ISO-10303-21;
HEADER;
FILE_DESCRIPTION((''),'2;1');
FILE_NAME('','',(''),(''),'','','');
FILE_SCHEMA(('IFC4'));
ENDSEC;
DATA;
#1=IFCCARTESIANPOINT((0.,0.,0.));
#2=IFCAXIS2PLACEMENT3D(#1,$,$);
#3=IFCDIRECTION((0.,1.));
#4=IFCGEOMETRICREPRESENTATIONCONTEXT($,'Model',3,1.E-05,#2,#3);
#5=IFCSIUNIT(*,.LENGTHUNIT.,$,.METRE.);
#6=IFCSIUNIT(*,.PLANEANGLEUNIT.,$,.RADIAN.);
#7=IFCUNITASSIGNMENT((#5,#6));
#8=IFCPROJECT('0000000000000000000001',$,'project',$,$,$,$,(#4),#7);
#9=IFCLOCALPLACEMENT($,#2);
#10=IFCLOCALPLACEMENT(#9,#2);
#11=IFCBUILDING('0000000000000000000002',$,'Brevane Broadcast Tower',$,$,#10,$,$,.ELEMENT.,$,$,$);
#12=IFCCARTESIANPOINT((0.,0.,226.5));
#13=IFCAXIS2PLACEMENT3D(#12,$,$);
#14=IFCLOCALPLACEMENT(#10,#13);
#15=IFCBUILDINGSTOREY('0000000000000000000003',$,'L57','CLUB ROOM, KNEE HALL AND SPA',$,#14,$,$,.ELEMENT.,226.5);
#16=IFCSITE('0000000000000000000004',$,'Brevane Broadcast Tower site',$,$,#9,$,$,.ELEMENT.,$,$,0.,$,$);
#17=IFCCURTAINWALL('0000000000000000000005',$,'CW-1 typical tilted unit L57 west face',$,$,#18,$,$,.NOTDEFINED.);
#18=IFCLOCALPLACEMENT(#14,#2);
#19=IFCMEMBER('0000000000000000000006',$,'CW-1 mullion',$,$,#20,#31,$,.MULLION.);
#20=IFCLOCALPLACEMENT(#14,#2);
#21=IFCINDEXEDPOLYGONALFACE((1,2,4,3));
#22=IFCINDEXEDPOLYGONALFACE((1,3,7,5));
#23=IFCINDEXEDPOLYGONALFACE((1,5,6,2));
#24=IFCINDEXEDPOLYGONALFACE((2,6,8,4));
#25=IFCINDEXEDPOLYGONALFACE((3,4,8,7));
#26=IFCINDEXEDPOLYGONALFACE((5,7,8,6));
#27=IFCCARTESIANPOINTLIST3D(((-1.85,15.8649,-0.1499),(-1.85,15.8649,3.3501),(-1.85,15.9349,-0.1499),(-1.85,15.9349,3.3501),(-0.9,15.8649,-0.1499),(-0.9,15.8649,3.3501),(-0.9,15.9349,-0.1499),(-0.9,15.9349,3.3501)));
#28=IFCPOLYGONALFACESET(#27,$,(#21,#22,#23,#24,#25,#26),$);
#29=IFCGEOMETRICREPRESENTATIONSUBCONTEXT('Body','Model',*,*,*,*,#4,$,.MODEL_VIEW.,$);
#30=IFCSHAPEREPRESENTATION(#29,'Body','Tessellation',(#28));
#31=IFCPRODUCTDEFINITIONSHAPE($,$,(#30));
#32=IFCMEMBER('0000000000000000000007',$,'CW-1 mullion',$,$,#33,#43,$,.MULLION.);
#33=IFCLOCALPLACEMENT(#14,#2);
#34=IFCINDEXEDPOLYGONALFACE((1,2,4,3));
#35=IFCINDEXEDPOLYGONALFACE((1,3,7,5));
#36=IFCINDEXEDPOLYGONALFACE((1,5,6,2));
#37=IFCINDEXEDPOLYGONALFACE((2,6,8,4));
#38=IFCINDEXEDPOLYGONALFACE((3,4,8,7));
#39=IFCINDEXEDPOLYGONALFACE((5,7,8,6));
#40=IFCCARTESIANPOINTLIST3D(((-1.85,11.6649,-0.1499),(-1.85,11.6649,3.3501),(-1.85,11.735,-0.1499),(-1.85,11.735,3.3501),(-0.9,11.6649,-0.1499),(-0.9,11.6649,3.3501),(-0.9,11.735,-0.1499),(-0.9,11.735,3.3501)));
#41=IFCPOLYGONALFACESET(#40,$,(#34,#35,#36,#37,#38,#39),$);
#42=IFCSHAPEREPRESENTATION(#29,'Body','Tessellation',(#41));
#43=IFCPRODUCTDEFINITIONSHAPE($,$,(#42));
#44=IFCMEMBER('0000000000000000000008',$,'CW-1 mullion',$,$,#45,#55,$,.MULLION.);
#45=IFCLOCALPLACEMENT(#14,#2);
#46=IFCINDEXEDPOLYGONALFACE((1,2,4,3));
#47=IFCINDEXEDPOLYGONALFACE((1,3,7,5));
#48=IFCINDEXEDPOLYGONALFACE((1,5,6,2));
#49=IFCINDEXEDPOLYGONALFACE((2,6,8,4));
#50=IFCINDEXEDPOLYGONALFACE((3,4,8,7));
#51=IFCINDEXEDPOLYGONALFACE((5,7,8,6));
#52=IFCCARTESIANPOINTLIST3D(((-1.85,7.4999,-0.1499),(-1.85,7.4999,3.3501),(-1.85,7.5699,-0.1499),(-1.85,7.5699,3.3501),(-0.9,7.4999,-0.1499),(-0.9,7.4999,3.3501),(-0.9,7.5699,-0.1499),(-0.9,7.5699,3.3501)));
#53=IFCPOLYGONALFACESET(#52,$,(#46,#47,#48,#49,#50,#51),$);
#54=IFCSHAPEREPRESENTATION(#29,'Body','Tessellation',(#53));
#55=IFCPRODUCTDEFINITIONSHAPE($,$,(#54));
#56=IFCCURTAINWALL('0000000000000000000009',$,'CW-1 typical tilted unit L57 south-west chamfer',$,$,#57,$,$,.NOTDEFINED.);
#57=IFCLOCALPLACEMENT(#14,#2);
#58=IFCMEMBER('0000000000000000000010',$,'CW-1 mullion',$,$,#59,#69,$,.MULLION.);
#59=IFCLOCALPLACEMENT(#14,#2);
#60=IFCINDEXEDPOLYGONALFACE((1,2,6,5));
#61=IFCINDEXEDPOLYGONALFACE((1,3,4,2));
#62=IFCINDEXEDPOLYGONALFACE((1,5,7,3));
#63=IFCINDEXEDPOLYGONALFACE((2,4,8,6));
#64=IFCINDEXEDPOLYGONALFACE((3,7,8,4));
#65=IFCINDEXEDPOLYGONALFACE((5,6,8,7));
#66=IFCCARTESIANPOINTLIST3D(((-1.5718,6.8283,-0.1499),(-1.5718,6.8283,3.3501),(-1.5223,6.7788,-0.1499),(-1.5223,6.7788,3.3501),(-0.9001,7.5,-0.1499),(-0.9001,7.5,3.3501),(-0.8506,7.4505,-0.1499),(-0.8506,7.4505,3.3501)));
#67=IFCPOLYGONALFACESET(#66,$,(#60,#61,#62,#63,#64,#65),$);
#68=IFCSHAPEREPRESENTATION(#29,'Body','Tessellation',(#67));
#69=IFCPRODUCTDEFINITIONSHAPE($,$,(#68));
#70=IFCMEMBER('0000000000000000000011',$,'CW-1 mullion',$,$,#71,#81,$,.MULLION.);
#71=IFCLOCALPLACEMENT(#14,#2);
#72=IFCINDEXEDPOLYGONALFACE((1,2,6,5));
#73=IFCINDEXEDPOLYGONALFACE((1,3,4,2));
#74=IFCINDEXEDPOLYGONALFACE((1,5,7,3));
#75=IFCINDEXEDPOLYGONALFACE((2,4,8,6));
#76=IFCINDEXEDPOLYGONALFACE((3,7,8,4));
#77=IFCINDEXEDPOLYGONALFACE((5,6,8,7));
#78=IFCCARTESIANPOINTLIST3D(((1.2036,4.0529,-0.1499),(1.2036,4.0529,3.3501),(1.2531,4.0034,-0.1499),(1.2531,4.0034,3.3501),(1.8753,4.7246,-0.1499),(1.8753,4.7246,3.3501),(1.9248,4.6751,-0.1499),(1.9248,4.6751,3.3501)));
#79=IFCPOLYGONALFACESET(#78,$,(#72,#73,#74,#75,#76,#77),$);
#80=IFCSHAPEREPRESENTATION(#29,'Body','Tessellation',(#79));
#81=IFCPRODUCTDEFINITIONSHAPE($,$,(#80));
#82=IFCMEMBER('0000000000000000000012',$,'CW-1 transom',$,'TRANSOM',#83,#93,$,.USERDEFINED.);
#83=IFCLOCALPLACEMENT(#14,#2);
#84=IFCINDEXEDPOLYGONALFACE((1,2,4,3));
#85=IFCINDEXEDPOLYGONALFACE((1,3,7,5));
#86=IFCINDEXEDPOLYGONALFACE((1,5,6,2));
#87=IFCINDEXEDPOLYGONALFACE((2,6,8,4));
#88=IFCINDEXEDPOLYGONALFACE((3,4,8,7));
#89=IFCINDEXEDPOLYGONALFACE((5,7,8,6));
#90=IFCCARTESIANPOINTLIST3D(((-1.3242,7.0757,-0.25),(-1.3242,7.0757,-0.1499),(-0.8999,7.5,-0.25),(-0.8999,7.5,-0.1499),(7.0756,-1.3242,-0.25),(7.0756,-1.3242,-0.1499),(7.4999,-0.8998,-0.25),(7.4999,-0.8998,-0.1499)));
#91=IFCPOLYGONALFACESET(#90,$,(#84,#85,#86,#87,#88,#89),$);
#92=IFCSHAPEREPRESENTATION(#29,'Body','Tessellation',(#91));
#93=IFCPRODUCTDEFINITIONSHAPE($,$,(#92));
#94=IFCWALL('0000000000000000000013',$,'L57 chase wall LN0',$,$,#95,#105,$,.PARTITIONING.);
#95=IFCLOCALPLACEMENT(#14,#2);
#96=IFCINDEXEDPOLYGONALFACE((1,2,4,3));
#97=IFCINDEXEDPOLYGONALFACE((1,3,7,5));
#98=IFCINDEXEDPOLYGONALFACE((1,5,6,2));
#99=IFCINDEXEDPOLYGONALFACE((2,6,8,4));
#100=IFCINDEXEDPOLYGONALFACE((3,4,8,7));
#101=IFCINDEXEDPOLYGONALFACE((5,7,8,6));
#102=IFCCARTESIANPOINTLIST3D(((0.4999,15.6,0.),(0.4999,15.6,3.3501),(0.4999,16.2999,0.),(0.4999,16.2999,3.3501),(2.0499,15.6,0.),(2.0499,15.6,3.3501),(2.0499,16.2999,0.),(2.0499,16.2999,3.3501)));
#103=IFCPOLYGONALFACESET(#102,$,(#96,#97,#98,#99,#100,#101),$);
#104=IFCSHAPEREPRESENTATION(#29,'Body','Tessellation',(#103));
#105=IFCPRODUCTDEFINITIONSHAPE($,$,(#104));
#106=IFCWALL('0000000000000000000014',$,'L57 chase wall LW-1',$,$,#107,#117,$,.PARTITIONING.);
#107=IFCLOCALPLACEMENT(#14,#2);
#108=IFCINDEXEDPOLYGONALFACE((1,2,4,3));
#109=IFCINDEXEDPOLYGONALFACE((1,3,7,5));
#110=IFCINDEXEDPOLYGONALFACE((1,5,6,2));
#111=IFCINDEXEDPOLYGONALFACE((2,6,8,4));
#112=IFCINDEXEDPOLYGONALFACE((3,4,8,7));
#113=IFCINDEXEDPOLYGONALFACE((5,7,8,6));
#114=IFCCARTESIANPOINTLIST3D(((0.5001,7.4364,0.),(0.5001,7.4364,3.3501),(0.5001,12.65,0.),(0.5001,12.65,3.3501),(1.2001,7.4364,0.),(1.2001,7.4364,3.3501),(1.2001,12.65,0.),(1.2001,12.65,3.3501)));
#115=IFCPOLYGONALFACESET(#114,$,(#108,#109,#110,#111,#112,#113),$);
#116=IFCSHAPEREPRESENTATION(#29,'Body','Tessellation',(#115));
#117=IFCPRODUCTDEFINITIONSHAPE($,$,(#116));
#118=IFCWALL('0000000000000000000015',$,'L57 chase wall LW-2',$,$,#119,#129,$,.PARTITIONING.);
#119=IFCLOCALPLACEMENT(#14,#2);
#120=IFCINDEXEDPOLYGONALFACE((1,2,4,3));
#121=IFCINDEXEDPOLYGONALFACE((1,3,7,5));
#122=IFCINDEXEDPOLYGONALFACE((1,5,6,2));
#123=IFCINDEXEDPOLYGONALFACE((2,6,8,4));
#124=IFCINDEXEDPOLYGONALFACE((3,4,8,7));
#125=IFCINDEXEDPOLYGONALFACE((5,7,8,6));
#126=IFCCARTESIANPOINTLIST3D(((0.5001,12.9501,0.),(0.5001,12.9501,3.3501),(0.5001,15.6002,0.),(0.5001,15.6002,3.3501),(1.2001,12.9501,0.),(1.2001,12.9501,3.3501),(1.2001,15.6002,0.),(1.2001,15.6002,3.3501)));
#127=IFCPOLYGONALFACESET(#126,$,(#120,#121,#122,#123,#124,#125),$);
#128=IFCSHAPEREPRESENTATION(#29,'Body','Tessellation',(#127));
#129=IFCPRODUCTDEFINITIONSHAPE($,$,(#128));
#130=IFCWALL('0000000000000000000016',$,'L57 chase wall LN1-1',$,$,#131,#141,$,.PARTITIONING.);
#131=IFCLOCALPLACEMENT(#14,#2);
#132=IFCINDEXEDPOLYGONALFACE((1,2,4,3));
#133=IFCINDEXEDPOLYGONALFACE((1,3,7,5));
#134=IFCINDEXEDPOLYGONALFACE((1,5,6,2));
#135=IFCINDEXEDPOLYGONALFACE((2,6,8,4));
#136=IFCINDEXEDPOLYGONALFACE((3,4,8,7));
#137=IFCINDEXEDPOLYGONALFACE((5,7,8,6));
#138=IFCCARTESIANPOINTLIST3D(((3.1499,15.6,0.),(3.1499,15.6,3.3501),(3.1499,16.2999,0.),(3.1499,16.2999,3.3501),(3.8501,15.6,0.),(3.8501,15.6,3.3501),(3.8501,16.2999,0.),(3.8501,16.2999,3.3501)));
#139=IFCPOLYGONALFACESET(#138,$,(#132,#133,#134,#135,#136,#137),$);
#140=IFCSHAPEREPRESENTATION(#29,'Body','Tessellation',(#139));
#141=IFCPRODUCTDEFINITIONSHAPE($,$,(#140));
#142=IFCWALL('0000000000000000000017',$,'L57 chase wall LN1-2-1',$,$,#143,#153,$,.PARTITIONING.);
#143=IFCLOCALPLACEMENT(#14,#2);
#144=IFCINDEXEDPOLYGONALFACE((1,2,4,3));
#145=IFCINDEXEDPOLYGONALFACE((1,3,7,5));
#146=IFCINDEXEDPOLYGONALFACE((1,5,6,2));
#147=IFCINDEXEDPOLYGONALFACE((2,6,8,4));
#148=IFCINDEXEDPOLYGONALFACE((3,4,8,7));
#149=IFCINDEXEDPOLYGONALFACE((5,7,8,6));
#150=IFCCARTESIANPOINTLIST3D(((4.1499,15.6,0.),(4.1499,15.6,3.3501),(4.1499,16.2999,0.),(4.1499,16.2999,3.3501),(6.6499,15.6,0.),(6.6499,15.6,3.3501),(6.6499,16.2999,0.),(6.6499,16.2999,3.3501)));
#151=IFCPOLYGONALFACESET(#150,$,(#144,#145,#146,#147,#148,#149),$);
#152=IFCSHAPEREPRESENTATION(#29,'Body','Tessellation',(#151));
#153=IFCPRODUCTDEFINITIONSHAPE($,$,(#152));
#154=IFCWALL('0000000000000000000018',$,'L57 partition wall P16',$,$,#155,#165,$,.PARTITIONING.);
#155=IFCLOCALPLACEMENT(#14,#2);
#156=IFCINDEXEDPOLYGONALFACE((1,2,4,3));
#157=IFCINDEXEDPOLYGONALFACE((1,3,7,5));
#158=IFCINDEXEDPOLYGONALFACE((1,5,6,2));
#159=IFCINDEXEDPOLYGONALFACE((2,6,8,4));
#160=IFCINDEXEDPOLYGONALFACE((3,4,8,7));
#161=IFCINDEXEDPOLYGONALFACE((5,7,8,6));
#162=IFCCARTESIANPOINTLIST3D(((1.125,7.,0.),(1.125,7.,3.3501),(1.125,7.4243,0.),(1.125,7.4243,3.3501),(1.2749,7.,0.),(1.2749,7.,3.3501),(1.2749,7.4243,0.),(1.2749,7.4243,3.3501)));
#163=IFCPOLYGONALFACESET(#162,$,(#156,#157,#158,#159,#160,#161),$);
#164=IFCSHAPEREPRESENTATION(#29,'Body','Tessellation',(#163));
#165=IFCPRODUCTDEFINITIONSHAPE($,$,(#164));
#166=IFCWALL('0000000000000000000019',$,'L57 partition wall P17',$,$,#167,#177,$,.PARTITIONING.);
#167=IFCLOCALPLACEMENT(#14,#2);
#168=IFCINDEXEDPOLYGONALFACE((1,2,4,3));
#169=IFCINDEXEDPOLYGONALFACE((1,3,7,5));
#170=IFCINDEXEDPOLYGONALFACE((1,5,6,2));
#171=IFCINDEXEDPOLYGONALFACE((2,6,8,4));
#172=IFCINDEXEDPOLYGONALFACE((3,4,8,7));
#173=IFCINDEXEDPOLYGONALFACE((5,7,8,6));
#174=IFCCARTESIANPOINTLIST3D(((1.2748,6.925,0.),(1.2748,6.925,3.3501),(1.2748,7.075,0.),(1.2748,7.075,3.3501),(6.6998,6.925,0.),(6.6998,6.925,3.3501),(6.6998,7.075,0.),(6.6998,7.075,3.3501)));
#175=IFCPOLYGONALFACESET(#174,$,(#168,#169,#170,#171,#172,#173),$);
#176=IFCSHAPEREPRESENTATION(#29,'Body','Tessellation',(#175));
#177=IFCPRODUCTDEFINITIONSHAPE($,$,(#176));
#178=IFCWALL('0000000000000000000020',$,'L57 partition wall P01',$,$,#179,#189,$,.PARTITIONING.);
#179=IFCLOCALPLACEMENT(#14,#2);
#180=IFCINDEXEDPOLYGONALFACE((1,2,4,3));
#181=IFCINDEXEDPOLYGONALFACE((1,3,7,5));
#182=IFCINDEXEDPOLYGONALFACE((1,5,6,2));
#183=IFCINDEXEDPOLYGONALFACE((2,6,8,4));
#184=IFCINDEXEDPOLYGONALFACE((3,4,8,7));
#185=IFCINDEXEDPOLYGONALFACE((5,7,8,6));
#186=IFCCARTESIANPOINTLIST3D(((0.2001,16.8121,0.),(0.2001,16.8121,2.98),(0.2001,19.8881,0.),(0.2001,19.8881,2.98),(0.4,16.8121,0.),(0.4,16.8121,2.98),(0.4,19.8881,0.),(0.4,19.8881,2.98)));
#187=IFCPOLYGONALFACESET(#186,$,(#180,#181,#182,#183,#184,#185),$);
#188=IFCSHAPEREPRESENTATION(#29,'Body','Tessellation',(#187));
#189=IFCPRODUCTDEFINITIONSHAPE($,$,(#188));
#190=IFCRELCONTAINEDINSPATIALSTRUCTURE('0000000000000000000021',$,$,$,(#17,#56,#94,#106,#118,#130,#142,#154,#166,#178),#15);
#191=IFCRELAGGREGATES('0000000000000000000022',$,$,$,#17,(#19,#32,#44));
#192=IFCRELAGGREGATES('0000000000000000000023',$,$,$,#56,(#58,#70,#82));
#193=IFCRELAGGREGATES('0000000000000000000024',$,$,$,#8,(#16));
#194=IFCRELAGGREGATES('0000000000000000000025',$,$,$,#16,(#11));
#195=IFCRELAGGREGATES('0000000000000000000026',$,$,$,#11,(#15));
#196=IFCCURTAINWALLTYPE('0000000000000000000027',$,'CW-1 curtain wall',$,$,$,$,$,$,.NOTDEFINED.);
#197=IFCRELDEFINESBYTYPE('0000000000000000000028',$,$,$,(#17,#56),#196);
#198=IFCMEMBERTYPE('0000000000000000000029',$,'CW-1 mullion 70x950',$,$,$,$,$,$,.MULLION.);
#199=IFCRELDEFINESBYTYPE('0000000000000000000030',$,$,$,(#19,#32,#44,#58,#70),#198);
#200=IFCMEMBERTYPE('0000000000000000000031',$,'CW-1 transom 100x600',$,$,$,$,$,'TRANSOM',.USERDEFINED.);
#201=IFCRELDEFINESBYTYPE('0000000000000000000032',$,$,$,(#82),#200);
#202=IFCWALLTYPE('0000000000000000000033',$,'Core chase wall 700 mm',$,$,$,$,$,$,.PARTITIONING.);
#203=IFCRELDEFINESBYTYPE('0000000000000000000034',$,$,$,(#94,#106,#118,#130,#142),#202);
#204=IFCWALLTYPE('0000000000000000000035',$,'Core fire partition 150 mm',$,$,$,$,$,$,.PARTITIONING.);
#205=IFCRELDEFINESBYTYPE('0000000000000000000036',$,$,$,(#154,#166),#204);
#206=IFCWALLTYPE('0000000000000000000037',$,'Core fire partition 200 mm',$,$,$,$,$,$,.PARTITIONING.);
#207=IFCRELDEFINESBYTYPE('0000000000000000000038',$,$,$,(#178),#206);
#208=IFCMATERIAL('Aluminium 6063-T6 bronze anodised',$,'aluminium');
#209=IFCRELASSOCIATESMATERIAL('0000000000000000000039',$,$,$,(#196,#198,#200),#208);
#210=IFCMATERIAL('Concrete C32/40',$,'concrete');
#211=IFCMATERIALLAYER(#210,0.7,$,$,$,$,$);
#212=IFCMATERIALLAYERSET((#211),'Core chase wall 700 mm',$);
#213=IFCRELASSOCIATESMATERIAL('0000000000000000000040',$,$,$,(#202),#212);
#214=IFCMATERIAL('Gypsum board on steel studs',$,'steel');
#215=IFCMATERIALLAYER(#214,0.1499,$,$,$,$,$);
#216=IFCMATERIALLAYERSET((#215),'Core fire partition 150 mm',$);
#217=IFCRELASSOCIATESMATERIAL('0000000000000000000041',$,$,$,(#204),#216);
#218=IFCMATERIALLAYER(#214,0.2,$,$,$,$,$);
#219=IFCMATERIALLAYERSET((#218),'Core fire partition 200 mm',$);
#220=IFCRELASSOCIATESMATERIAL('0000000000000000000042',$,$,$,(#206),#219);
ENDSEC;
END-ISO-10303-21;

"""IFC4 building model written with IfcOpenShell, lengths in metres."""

from ifc_helpers import new_model, si_unit, direction, frame, frame_2d, origin, origin_2d, place, context, subcontext, project, spatial, rectangle, extrude, material, layer, layer_set, material_profile, profile_set, type_object, element, aggregate, save


model = new_model("IFC4")

# Units and contexts
model_context = context("Model", 3, precision=1e-05, world=origin(), true_north=direction((0.0, 1.0)))
body_context = subcontext(model_context, "Body", "Model", "MODEL_VIEW")
ifc_project = project(units=[si_unit("LENGTHUNIT", "METRE"), si_unit("PLANEANGLEUNIT", "RADIAN")], contexts=[model_context])

# Site, building, storey
site_placement = place(None, origin())
site = spatial("IfcSite", under=ifc_project, at=site_placement, Name="Brevane Broadcast Tower site", CompositionType="ELEMENT", RefElevation=0.0)
building_placement = place(site_placement, origin())
building = spatial("IfcBuilding", under=site, at=building_placement, Name="Brevane Broadcast Tower", CompositionType="ELEMENT")
storey_placement = place(building_placement, frame((0.0, 0.0, 226.5)))
storey = spatial("IfcBuildingStorey", under=building, at=storey_placement, Name="L57", Description="CLUB ROOM, KNEE HALL AND SPA", CompositionType="ELEMENT", Elevation=226.5)

# Curtain walls, members
ifc_material_1 = material(Name="Aluminium 6063-T6 bronze anodised", Category="aluminium")
curtain_wall_type = type_object("IfcCurtainWallType", Name="CW-1 curtain wall", PredefinedType="NOTDEFINED", material=ifc_material_1)
curtain_wall_1_placement = place(storey_placement, origin())
curtain_wall_1 = element("IfcCurtainWall", 1, at=curtain_wall_1_placement, inside=storey, type_object=curtain_wall_type, Name="CW-1 typical tilted unit L57 west face", PredefinedType="NOTDEFINED")
ifc_material_profile_1 = material_profile(ifc_material_1, rectangle(XDim=0.95, YDim=0.0701, at=origin_2d()), Name="RECT 70x950")
ifc_profile_set_1 = profile_set([ifc_material_profile_1], Name="Aluminium 6063-T6 bronze anodised")
member_type_1 = type_object("IfcMemberType", Name="CW-1 mullion 70x950", PredefinedType="MULLION", material=ifc_profile_set_1)
member_1_placement = place(storey_placement, frame((-1.375, 15.8999, -0.1499), z_axis=(0.0, 0.0, 1.0), x_axis=(1.0, 0.0, 0.0)))
member_1 = element("IfcMember", 2, at=member_1_placement, type_object=member_type_1, Name="CW-1 mullion", PredefinedType="MULLION", context=body_context, shape_type="SweptSolid", body=[
    extrude(rectangle(XDim=0.95, YDim=0.0701, at=origin_2d()), origin(), (0.0, 0.0, 1.0), 3.5),
])
member_2_placement = place(storey_placement, frame((-1.375, 11.7, -0.1499), z_axis=(0.0, 0.0, 1.0), x_axis=(1.0, 0.0, 0.0)))
member_2 = element("IfcMember", 3, at=member_2_placement, type_object=member_type_1, Name="CW-1 mullion", PredefinedType="MULLION", context=body_context, shape_type="SweptSolid", body=[
    extrude(rectangle(XDim=0.95, YDim=0.0701, at=origin_2d()), origin(), (0.0, 0.0, 1.0), 3.5),
])
member_3_placement = place(storey_placement, frame((-1.375, 7.5349, -0.1499), z_axis=(0.0, 0.0, 1.0), x_axis=(1.0, 0.0, 0.0)))
member_3 = element("IfcMember", 4, at=member_3_placement, type_object=member_type_1, Name="CW-1 mullion", PredefinedType="MULLION", context=body_context, shape_type="SweptSolid", body=[
    extrude(rectangle(XDim=0.95, YDim=0.0701, at=origin_2d()), origin(), (0.0, 0.0, 1.0), 3.5),
])
aggregate(curtain_wall_1, [member_1, member_2, member_3])
curtain_wall_2_placement = place(storey_placement, origin())
curtain_wall_2 = element("IfcCurtainWall", 5, at=curtain_wall_2_placement, inside=storey, type_object=curtain_wall_type, Name="CW-1 typical tilted unit L57 south-west chamfer", PredefinedType="NOTDEFINED")
member_4_placement = place(storey_placement, frame((-1.2112, 7.1394, -0.1499), z_axis=(0.0, 0.0, 1.0), x_axis=(0.707107, 0.707107, 0.0)))
member_4 = element("IfcMember", 6, at=member_4_placement, type_object=member_type_1, Name="CW-1 mullion", PredefinedType="MULLION", context=body_context, shape_type="SweptSolid", body=[
    extrude(rectangle(XDim=0.95, YDim=0.0701, at=origin_2d()), origin(), (0.0, 0.0, 1.0), 3.5),
])
member_5_placement = place(storey_placement, frame((1.5642, 4.364, -0.1499), z_axis=(0.0, 0.0, 1.0), x_axis=(0.707107, 0.707107, 0.0)))
member_5 = element("IfcMember", 7, at=member_5_placement, type_object=member_type_1, Name="CW-1 mullion", PredefinedType="MULLION", context=body_context, shape_type="SweptSolid", body=[
    extrude(rectangle(XDim=0.95, YDim=0.0701, at=origin_2d()), origin(), (0.0, 0.0, 1.0), 3.5),
])
ifc_material_profile_2 = material_profile(ifc_material_1, rectangle(XDim=0.6001, YDim=0.1001, at=origin_2d()), Name="RECT 100x600")
ifc_profile_set_2 = profile_set([ifc_material_profile_2], Name="Aluminium 6063-T6 bronze anodised")
member_type_2 = type_object("IfcMemberType", Name="CW-1 transom 100x600", ElementType="TRANSOM", PredefinedType="USERDEFINED", material=ifc_profile_set_2)
member_6_placement = place(storey_placement, frame((-1.1121, 7.2878, -0.2), z_axis=(0.707107, -0.707107, 0.0), x_axis=(0.707107, 0.707107, 0.0)))
member_6 = element("IfcMember", 8, at=member_6_placement, type_object=member_type_2, Name="CW-1 transom", ObjectType="TRANSOM", PredefinedType="USERDEFINED", context=body_context, shape_type="SweptSolid", body=[
    extrude(rectangle(XDim=0.6001, YDim=0.1001, at=origin_2d()), origin(), (0.0, 0.0, 1.0), 11.8792),
])
aggregate(curtain_wall_2, [member_4, member_5, member_6])

# Walls
ifc_material_2 = material(Name="Concrete C32/40", Category="concrete")
ifc_layer_1 = layer(ifc_material_2, 0.7)
ifc_layer_set_1 = layer_set([ifc_layer_1], Name="Core chase wall 700 mm")
wall_type_1 = type_object("IfcWallType", Name="Core chase wall 700 mm", PredefinedType="PARTITIONING", material=ifc_layer_set_1)
wall_1_placement = place(storey_placement, frame((0.5, 15.95, 0.0), z_axis=(0.0, 0.0, 1.0), x_axis=(1.0, 0.0, 0.0)))
element("IfcWall", 9, at=wall_1_placement, inside=storey, type_object=wall_type_1, Name="L57 chase wall LN0", PredefinedType="PARTITIONING", context=body_context, shape_type="SweptSolid", body=[
    extrude(rectangle(XDim=1.55, YDim=0.7, at=frame_2d((0.7749, 0.0))), origin(), (0.0, 0.0, 1.0), 3.3501),
])
wall_2_placement = place(storey_placement, frame((0.8501, 7.4363, 0.0), z_axis=(0.0, 0.0, 1.0), x_axis=(0.0, 1.0, 0.0)))
element("IfcWall", 10, at=wall_2_placement, inside=storey, type_object=wall_type_1, Name="L57 chase wall LW-1", PredefinedType="PARTITIONING", context=body_context, shape_type="SweptSolid", body=[
    extrude(rectangle(XDim=5.2136, YDim=0.7, at=frame_2d((2.6069, 0.0))), origin(), (0.0, 0.0, 1.0), 3.3501),
])
wall_3_placement = place(storey_placement, frame((0.8501, 12.95, 0.0), z_axis=(0.0, 0.0, 1.0), x_axis=(0.0, 1.0, 0.0)))
element("IfcWall", 11, at=wall_3_placement, inside=storey, type_object=wall_type_1, Name="L57 chase wall LW-2", PredefinedType="PARTITIONING", context=body_context, shape_type="SweptSolid", body=[
    extrude(rectangle(XDim=2.6501, YDim=0.7, at=frame_2d((1.3252, 0.0))), origin(), (0.0, 0.0, 1.0), 3.3501),
])
wall_4_placement = place(storey_placement, frame((3.1499, 15.95, 0.0), z_axis=(0.0, 0.0, 1.0), x_axis=(1.0, 0.0, 0.0)))
element("IfcWall", 12, at=wall_4_placement, inside=storey, type_object=wall_type_1, Name="L57 chase wall LN1-1", PredefinedType="PARTITIONING", context=body_context, shape_type="SweptSolid", body=[
    extrude(rectangle(XDim=0.7002, YDim=0.7, at=frame_2d((0.3501, 0.0))), origin(), (0.0, 0.0, 1.0), 3.3501),
])
wall_5_placement = place(storey_placement, frame((4.1499, 15.95, 0.0), z_axis=(0.0, 0.0, 1.0), x_axis=(1.0, 0.0, 0.0)))
element("IfcWall", 13, at=wall_5_placement, inside=storey, type_object=wall_type_1, Name="L57 chase wall LN1-2-1", PredefinedType="PARTITIONING", context=body_context, shape_type="SweptSolid", body=[
    extrude(rectangle(XDim=2.5, YDim=0.7, at=frame_2d((1.25, 0.0))), origin(), (0.0, 0.0, 1.0), 3.3501),
])
ifc_material_3 = material(Name="Gypsum board on steel studs", Category="steel")
ifc_layer_2 = layer(ifc_material_3, 0.1499)
ifc_layer_set_2 = layer_set([ifc_layer_2], Name="Core fire partition 150 mm")
wall_type_2 = type_object("IfcWallType", Name="Core fire partition 150 mm", PredefinedType="PARTITIONING", material=ifc_layer_set_2)
wall_6_placement = place(storey_placement, frame((1.2, 7.4243, 0.0), z_axis=(0.0, 0.0, 1.0), x_axis=(0.0, -1.0, 0.0)))
element("IfcWall", 14, at=wall_6_placement, inside=storey, type_object=wall_type_2, Name="L57 partition wall P16", PredefinedType="PARTITIONING", context=body_context, shape_type="SweptSolid", body=[
    extrude(rectangle(XDim=0.4243, YDim=0.1499, at=frame_2d((0.2122, 0.0))), origin(), (0.0, 0.0, 1.0), 3.3501),
])
wall_7_placement = place(storey_placement, frame((1.2749, 7.0, 0.0), z_axis=(0.0, 0.0, 1.0), x_axis=(1.0, 0.0, 0.0)))
element("IfcWall", 15, at=wall_7_placement, inside=storey, type_object=wall_type_2, Name="L57 partition wall P17", PredefinedType="PARTITIONING", context=body_context, shape_type="SweptSolid", body=[
    extrude(rectangle(XDim=5.425, YDim=0.1499, at=frame_2d((2.7124, 0.0))), origin(), (0.0, 0.0, 1.0), 3.3501),
])
ifc_layer_3 = layer(ifc_material_3, 0.2)
ifc_layer_set_3 = layer_set([ifc_layer_3], Name="Core fire partition 200 mm")
wall_type_3 = type_object("IfcWallType", Name="Core fire partition 200 mm", PredefinedType="PARTITIONING", material=ifc_layer_set_3)
wall_8_placement = place(storey_placement, frame((0.3, 16.812, 0.0), z_axis=(0.0, 0.0, 1.0), x_axis=(0.0, 1.0, 0.0)))
element("IfcWall", 16, at=wall_8_placement, inside=storey, type_object=wall_type_3, Name="L57 partition wall P01", PredefinedType="PARTITIONING", context=body_context, shape_type="SweptSolid", body=[
    extrude(rectangle(XDim=3.0759, YDim=0.2, at=frame_2d((1.5381, 0.0))), origin(), (0.0, 0.0, 1.0), 2.98),
])

save(model, "model.ifc")
